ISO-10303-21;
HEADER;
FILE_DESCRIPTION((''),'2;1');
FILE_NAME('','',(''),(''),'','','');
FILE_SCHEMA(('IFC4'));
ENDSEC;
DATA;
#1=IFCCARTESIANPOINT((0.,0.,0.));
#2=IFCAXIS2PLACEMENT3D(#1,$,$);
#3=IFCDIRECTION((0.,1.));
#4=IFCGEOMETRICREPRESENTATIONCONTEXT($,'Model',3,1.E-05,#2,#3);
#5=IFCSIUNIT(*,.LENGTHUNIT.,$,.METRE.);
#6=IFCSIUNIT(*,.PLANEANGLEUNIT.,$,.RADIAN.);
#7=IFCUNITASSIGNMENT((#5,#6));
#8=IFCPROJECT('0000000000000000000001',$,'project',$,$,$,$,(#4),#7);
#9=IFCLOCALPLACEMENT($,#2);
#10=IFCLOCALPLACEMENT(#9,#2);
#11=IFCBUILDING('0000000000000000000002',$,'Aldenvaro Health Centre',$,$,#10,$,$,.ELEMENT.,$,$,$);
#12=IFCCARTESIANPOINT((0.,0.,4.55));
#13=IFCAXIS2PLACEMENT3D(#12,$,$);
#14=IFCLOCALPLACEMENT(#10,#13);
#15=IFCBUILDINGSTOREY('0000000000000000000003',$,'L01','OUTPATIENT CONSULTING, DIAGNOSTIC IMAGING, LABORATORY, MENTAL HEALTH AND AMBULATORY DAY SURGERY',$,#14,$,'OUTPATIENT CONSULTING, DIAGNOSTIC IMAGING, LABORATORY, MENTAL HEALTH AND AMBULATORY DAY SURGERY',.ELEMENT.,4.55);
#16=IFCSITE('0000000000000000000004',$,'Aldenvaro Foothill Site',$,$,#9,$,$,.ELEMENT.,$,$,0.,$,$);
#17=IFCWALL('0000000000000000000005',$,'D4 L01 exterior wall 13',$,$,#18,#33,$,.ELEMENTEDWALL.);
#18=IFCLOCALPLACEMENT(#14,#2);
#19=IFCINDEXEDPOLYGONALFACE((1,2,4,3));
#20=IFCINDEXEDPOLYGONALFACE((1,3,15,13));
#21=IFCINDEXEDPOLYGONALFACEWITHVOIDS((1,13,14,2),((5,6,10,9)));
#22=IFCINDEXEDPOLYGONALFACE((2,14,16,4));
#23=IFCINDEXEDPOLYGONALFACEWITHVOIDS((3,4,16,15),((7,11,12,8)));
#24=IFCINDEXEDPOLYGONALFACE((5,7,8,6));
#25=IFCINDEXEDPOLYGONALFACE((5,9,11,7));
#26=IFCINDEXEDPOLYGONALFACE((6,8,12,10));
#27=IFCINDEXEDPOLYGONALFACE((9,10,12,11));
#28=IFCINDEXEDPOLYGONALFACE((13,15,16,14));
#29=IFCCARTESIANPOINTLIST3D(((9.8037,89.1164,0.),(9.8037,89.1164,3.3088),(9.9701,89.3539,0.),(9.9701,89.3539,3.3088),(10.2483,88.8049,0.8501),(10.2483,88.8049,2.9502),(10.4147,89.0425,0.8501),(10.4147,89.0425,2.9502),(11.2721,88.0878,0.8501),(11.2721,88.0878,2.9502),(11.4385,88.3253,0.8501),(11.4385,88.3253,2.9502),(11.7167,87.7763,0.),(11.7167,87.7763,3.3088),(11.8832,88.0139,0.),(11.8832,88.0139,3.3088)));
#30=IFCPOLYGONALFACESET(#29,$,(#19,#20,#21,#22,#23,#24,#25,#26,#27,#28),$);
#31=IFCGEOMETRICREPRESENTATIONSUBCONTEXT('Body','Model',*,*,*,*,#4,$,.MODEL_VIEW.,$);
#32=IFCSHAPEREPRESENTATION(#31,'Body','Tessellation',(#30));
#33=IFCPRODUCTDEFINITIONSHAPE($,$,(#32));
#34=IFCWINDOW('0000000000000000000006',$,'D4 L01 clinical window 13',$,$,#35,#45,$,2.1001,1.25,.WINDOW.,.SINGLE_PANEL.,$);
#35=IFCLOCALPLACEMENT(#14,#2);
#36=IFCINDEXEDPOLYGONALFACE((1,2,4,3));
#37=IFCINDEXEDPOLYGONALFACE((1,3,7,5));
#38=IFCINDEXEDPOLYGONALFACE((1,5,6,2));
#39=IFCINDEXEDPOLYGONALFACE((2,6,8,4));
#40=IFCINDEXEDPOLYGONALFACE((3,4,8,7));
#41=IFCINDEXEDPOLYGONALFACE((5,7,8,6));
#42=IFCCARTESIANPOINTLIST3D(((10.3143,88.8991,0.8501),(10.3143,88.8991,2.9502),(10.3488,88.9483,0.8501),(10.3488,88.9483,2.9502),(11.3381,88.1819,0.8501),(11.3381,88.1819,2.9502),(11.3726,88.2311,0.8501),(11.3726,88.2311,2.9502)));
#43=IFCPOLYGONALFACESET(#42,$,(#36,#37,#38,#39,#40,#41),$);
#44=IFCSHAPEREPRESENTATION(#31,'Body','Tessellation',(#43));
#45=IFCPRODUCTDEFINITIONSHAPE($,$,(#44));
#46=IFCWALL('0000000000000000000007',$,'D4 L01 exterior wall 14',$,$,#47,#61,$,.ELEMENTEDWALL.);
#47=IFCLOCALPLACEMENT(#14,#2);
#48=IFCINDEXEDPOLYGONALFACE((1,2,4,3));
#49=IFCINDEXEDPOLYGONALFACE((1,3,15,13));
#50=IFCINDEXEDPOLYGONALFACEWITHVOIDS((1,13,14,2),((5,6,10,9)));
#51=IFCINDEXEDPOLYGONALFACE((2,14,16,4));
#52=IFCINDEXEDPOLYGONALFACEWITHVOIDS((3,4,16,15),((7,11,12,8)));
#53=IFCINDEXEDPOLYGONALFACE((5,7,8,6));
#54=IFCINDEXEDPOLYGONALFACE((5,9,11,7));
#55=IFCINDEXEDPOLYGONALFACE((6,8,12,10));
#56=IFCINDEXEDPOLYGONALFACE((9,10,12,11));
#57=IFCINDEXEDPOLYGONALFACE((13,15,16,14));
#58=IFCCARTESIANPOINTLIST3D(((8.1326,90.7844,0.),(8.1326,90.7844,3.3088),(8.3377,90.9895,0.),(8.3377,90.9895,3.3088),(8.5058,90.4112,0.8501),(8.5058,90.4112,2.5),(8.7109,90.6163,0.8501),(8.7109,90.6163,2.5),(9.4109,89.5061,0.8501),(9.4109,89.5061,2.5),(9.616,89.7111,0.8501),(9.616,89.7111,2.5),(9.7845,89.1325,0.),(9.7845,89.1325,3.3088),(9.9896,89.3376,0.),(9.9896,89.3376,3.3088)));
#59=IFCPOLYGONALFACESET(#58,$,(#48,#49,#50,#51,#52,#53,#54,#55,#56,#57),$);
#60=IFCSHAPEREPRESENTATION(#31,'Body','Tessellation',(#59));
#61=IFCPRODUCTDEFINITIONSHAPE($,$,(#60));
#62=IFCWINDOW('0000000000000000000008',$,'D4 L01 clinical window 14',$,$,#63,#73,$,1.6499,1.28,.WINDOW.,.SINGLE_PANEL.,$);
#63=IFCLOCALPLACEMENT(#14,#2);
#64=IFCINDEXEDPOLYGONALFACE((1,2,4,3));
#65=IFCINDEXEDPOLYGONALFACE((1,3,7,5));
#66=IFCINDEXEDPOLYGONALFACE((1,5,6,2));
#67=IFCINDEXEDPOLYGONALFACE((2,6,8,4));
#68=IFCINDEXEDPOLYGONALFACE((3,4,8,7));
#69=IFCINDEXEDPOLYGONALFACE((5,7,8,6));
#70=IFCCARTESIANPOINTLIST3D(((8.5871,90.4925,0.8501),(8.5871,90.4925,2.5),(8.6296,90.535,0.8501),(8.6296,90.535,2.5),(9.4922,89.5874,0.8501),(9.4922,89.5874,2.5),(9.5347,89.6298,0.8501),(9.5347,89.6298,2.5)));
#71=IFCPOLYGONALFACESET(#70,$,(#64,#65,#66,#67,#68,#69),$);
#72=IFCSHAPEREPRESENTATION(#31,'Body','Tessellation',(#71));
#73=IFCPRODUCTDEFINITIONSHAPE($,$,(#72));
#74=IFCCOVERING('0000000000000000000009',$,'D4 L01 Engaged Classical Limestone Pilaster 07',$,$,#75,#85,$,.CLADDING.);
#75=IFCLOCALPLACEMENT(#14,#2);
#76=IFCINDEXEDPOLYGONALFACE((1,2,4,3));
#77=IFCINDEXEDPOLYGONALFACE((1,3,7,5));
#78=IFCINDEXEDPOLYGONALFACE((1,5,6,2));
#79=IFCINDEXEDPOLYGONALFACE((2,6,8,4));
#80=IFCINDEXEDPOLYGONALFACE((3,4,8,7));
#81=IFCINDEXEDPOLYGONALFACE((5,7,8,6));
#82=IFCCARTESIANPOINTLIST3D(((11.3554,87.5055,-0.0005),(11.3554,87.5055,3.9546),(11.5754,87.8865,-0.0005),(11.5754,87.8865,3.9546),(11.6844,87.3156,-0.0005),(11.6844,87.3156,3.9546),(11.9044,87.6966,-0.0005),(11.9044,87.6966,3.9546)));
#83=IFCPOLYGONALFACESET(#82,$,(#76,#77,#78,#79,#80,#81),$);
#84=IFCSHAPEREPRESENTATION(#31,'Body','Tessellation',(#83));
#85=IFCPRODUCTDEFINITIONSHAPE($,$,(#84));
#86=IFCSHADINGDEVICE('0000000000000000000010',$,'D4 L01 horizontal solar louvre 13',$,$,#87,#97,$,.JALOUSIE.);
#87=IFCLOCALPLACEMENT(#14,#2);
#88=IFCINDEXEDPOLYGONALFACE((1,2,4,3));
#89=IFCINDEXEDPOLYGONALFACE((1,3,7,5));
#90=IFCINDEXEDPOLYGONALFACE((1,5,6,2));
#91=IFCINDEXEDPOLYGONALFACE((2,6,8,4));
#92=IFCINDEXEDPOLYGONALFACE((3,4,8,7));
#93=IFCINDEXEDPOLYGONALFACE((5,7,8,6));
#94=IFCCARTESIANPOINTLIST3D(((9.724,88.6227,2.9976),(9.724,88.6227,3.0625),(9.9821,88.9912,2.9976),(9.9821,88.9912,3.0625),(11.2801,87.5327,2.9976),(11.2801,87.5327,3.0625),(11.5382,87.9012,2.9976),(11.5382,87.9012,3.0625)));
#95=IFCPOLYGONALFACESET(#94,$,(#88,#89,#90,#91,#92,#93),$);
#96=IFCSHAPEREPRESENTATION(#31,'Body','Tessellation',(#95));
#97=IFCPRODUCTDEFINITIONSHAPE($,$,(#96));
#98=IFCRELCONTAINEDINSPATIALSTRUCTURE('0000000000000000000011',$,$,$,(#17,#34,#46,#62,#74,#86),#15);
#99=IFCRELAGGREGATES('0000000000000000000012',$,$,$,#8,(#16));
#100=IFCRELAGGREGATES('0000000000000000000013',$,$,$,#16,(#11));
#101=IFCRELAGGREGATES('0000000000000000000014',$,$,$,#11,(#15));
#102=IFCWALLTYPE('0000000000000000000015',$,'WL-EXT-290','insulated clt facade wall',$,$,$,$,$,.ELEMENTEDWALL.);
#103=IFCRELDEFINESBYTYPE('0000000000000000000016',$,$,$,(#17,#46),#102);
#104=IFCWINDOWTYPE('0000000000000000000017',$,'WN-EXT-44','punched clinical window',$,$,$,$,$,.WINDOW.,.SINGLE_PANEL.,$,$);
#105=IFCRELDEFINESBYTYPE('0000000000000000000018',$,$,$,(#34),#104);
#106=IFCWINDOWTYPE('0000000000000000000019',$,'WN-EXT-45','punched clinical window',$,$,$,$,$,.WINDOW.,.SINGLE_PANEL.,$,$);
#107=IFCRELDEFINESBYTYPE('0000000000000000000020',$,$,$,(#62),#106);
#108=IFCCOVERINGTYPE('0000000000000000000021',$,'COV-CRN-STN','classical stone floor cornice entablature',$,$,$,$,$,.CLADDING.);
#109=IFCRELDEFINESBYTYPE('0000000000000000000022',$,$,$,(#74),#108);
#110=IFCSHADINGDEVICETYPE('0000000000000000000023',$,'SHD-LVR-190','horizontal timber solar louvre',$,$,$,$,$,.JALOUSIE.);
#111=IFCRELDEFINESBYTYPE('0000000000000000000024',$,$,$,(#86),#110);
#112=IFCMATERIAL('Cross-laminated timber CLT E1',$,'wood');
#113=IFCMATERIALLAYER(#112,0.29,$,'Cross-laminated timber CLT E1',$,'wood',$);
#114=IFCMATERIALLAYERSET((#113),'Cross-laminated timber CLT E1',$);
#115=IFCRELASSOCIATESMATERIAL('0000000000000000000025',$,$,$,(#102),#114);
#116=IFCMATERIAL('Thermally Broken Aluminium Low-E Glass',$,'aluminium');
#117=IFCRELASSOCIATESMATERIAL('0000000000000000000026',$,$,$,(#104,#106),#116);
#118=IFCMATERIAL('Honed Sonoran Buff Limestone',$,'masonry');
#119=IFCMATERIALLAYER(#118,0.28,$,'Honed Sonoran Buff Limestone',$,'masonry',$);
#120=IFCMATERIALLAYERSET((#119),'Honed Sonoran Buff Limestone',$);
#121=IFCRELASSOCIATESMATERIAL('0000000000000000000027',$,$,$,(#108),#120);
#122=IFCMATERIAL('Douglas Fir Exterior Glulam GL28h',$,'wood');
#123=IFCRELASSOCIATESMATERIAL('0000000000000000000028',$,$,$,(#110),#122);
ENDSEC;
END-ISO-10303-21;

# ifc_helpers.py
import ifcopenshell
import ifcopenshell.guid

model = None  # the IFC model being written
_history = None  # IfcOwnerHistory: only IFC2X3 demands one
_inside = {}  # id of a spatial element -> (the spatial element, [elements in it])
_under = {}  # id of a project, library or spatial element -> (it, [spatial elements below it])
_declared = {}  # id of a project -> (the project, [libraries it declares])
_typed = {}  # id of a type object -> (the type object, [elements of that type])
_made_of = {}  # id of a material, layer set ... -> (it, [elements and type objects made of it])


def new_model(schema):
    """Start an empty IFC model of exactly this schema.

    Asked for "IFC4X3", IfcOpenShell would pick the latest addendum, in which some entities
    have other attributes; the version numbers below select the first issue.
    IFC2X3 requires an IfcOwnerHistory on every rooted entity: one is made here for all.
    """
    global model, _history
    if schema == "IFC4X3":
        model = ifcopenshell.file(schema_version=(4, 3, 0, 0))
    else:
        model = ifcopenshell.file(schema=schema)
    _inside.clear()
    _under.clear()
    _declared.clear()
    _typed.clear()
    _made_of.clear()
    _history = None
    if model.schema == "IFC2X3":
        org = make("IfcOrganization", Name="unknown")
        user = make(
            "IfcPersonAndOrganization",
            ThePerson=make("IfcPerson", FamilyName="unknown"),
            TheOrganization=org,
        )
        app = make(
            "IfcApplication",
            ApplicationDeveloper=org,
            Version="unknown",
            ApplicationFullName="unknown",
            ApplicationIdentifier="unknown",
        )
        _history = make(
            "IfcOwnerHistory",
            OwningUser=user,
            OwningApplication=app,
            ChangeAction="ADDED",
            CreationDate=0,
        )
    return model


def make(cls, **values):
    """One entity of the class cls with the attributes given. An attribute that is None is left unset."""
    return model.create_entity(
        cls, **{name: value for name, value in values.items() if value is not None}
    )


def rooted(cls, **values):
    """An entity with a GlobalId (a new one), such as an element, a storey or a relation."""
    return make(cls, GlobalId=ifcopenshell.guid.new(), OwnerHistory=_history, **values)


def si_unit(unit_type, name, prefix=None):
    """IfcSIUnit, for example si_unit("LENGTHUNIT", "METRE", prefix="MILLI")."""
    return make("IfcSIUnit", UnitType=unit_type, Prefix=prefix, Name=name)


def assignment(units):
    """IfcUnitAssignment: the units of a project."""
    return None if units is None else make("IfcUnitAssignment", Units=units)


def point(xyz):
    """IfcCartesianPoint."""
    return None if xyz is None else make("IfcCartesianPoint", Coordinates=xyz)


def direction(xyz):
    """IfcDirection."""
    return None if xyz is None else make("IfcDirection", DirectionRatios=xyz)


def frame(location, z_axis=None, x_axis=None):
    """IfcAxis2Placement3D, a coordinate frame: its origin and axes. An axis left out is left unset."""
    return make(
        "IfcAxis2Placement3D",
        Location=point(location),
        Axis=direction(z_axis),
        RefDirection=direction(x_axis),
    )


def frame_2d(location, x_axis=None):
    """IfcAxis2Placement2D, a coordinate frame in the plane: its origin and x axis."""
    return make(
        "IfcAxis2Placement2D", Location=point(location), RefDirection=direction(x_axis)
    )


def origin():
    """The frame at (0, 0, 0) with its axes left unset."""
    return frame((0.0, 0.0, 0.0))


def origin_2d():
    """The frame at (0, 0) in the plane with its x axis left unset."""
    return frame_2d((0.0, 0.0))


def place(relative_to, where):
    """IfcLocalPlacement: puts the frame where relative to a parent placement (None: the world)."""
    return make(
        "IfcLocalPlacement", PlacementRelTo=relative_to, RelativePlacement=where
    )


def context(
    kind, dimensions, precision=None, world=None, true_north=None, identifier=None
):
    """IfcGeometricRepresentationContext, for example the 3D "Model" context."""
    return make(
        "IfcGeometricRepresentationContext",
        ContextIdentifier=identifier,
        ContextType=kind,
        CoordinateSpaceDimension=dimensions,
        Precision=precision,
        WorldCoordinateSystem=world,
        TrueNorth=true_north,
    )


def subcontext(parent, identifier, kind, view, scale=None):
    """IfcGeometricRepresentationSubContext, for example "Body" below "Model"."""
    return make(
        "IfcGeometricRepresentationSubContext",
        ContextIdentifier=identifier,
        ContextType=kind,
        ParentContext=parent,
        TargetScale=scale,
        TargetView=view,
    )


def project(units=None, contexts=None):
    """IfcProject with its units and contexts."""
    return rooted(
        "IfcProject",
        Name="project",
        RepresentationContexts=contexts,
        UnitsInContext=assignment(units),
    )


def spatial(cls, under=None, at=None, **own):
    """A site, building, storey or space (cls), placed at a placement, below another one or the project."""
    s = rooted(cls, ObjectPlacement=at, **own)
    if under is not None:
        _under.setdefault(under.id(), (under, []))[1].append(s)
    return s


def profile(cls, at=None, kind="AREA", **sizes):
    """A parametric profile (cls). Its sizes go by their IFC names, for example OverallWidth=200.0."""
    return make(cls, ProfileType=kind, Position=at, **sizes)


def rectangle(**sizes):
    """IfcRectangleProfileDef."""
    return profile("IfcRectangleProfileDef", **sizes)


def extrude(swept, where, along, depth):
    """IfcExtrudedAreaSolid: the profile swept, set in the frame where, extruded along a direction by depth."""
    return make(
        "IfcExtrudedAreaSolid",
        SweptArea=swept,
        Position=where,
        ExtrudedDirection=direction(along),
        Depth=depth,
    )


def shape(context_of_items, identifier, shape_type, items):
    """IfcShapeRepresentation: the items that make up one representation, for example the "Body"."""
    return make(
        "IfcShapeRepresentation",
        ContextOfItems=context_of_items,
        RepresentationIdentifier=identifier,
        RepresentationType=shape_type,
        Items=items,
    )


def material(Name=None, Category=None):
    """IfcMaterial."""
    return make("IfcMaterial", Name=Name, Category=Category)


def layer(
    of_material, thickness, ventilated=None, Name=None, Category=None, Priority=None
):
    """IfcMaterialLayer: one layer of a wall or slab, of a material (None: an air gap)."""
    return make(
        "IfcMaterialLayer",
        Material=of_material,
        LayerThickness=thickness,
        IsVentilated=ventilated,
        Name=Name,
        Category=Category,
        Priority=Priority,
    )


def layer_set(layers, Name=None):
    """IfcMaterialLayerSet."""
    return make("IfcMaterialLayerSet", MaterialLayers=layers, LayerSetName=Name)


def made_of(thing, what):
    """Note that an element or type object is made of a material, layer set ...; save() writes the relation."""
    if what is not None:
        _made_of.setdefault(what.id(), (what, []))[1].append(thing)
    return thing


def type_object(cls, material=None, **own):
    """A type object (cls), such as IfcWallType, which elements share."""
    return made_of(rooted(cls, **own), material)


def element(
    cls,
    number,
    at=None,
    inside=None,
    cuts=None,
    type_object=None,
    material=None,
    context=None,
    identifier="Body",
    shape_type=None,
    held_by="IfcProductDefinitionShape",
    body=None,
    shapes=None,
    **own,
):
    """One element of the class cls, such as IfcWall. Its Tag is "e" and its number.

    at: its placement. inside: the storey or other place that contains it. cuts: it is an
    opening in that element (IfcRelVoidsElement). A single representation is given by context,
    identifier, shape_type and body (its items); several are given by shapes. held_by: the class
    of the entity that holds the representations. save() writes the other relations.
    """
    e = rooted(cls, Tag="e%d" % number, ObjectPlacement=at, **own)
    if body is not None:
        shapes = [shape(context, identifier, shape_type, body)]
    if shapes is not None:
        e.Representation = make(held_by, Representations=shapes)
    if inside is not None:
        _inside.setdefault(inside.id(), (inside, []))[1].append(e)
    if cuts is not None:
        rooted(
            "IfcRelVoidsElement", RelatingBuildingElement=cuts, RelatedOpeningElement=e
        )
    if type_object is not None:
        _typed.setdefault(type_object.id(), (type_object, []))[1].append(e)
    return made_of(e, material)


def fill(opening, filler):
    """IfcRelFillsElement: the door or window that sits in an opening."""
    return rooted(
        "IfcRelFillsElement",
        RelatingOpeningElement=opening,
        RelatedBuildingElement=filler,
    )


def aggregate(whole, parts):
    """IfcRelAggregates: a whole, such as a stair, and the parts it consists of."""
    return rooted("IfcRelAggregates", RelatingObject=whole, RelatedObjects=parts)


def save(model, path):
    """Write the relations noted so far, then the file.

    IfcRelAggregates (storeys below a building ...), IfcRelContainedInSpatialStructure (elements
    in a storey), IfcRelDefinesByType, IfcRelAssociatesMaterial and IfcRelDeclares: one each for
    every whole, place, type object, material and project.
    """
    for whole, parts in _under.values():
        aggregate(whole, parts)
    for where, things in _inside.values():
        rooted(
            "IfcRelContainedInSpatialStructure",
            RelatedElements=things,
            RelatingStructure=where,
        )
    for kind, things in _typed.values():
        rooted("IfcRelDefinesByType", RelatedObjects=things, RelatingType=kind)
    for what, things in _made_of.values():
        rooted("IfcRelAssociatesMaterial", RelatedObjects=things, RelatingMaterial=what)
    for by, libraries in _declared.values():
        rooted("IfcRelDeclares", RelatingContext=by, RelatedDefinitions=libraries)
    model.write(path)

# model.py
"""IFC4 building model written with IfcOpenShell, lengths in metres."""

from ifc_helpers import new_model, si_unit, direction, frame, frame_2d, origin, origin_2d, place, context, subcontext, project, spatial, rectangle, extrude, material, layer, layer_set, type_object, element, fill, save


model = new_model("IFC4")

# Units and contexts
model_context = context("Model", 3, precision=1e-05, world=origin(), true_north=direction((0.0, 1.0)))
body_context = subcontext(model_context, "Body", "Model", "MODEL_VIEW")
ifc_project = project(units=[si_unit("LENGTHUNIT", "METRE"), si_unit("PLANEANGLEUNIT", "RADIAN")], contexts=[model_context])

# Site, building, storey
site_placement = place(None, origin())
site = spatial("IfcSite", under=ifc_project, at=site_placement, Name="Aldenvaro Foothill Site", CompositionType="ELEMENT", RefElevation=0.0)
building_placement = place(site_placement, origin())
building = spatial("IfcBuilding", under=site, at=building_placement, Name="Aldenvaro Health Centre", CompositionType="ELEMENT")
storey_placement = place(building_placement, frame((0.0, 0.0, 4.55)))
storey = spatial("IfcBuildingStorey", under=building, at=storey_placement, Name="L01", Description="OUTPATIENT CONSULTING, DIAGNOSTIC IMAGING, LABORATORY, MENTAL HEALTH AND AMBULATORY DAY SURGERY", LongName="OUTPATIENT CONSULTING, DIAGNOSTIC IMAGING, LABORATORY, MENTAL HEALTH AND AMBULATORY DAY SURGERY", CompositionType="ELEMENT", Elevation=4.55)

# Walls, openings, windows
ifc_material_1 = material(Name="Cross-laminated timber CLT E1", Category="wood")
ifc_layer_1 = layer(ifc_material_1, 0.29, Name="Cross-laminated timber CLT E1", Category="wood")
ifc_layer_set_1 = layer_set([ifc_layer_1], Name="Cross-laminated timber CLT E1")
wall_type = type_object("IfcWallType", Name="WL-EXT-290", Description="insulated clt facade wall", PredefinedType="ELEMENTEDWALL", material=ifc_layer_set_1)
wall_1_placement = place(storey_placement, frame((11.8, 87.895, 0.0), z_axis=(0.0, 0.0, 1.0), x_axis=(-0.819045, 0.573729, 0.0)))
wall_1 = element("IfcWall", 1, at=wall_1_placement, inside=storey, type_object=wall_type, Name="D4 L01 exterior wall 13", PredefinedType="ELEMENTEDWALL", context=body_context, shape_type="SweptSolid", body=[
    extrude(rectangle(XDim=2.3357, YDim=0.29, at=frame_2d((1.168, 0.0))), origin(), (0.0, 0.0, 1.0), 3.3088),
])
opening_1_placement = place(wall_1_placement, frame((0.543, 0.0, 0.8501)))
opening_1 = element("IfcOpeningElement", 2, at=opening_1_placement, cuts=wall_1, PredefinedType="OPENING", context=body_context, shape_type="SweptSolid", body=[
    extrude(rectangle(XDim=1.25, YDim=2.1001, at=frame_2d((0.625, 1.05))), frame((0.0, 0.155, 0.0), z_axis=(0.0, -1.0, 0.0), x_axis=(1.0, 0.0, 0.0)), (0.0, 0.0, 1.0), 0.3101),
])
ifc_material_2 = material(Name="Thermally Broken Aluminium Low-E Glass", Category="aluminium")
window_type_1 = type_object("IfcWindowType", Name="WN-EXT-44", Description="punched clinical window", PartitioningType="SINGLE_PANEL", PredefinedType="WINDOW", material=ifc_material_2)
window_1_placement = place(opening_1_placement, origin())
window_1 = element("IfcWindow", 3, at=window_1_placement, inside=storey, type_object=window_type_1, Name="D4 L01 clinical window 13", OverallHeight=2.1001, OverallWidth=1.25, PartitioningType="SINGLE_PANEL", PredefinedType="WINDOW", context=body_context, shape_type="SweptSolid", body=[
    extrude(rectangle(XDim=1.25, YDim=2.1001, at=frame_2d((0.625, 1.05))), frame((0.0, 0.03, 0.0), z_axis=(0.0, -1.0, 0.0), x_axis=(1.0, 0.0, 0.0)), (0.0, 0.0, 1.0), 0.0601),
])
fill(opening_1, window_1)
wall_2_placement = place(storey_placement, frame((9.887, 89.2351, 0.0), z_axis=(0.0, 0.0, 1.0), x_axis=(-0.707107, 0.707107, 0.0)))
wall_2 = element("IfcWall", 4, at=wall_2_placement, inside=storey, type_object=wall_type, Name="D4 L01 exterior wall 14", PredefinedType="ELEMENTEDWALL", context=body_context, shape_type="SweptSolid", body=[
    extrude(rectangle(XDim=2.3362, YDim=0.29, at=frame_2d((1.168, 0.0))), origin(), (0.0, 0.0, 1.0), 3.3088),
])
opening_2_placement = place(wall_2_placement, frame((0.5281, 0.0, 0.8501)))
opening_2 = element("IfcOpeningElement", 5, at=opening_2_placement, cuts=wall_2, PredefinedType="OPENING", context=body_context, shape_type="SweptSolid", body=[
    extrude(rectangle(XDim=1.28, YDim=1.6499, at=frame_2d((0.6401, 0.825))), frame((0.0, 0.155, 0.0), z_axis=(0.0, -1.0, 0.0), x_axis=(1.0, 0.0, 0.0)), (0.0, 0.0, 1.0), 0.3101),
])
window_type_2 = type_object("IfcWindowType", Name="WN-EXT-45", Description="punched clinical window", PartitioningType="SINGLE_PANEL", PredefinedType="WINDOW", material=ifc_material_2)
window_2_placement = place(opening_2_placement, origin())
window_2 = element("IfcWindow", 6, at=window_2_placement, inside=storey, type_object=window_type_2, Name="D4 L01 clinical window 14", OverallHeight=1.6499, OverallWidth=1.28, PartitioningType="SINGLE_PANEL", PredefinedType="WINDOW", context=body_context, shape_type="SweptSolid", body=[
    extrude(rectangle(XDim=1.28, YDim=1.6499, at=frame_2d((0.6401, 0.825))), frame((0.0, 0.03, 0.0), z_axis=(0.0, -1.0, 0.0), x_axis=(1.0, 0.0, 0.0)), (0.0, 0.0, 1.0), 0.0601),
])
fill(opening_2, window_2)

# Covering
ifc_material_3 = material(Name="Honed Sonoran Buff Limestone", Category="masonry")
ifc_layer_2 = layer(ifc_material_3, 0.28, Name="Honed Sonoran Buff Limestone", Category="masonry")
ifc_layer_set_2 = layer_set([ifc_layer_2], Name="Honed Sonoran Buff Limestone")
covering_type = type_object("IfcCoveringType", Name="COV-CRN-STN", Description="classical stone floor cornice entablature", PredefinedType="CLADDING", material=ifc_layer_set_2)
covering_placement = place(storey_placement, frame((11.6299, 87.6011, -0.0005), z_axis=(0.0, 0.0, 1.0), x_axis=(-0.499992, -0.86603, 0.0)))
element("IfcCovering", 7, at=covering_placement, inside=storey, type_object=covering_type, Name="D4 L01 Engaged Classical Limestone Pilaster 07", PredefinedType="CLADDING", context=body_context, shape_type="SweptSolid", body=[
    extrude(rectangle(XDim=0.4399, YDim=0.3799, at=origin_2d()), origin(), (0.0, 0.0, 1.0), 3.9551),
])

# Shading device
ifc_material_4 = material(Name="Douglas Fir Exterior Glulam GL28h", Category="wood")
shading_device_type = type_object("IfcShadingDeviceType", Name="SHD-LVR-190", Description="horizontal timber solar louvre", PredefinedType="JALOUSIE", material=ifc_material_4)
shading_device_placement = place(storey_placement, frame((10.6311, 88.262, 2.9976), z_axis=(0.0, 0.0, 1.0), x_axis=(-0.819051, 0.573721, 0.0)))
element("IfcShadingDevice", 8, at=shading_device_placement, inside=storey, type_object=shading_device_type, Name="D4 L01 horizontal solar louvre 13", PredefinedType="JALOUSIE", context=body_context, shape_type="SweptSolid", body=[
    extrude(rectangle(XDim=1.8999, YDim=0.45, at=origin_2d()), origin(), (0.0, 0.0, 1.0), 0.0649),
])

save(model, "model.ifc")
